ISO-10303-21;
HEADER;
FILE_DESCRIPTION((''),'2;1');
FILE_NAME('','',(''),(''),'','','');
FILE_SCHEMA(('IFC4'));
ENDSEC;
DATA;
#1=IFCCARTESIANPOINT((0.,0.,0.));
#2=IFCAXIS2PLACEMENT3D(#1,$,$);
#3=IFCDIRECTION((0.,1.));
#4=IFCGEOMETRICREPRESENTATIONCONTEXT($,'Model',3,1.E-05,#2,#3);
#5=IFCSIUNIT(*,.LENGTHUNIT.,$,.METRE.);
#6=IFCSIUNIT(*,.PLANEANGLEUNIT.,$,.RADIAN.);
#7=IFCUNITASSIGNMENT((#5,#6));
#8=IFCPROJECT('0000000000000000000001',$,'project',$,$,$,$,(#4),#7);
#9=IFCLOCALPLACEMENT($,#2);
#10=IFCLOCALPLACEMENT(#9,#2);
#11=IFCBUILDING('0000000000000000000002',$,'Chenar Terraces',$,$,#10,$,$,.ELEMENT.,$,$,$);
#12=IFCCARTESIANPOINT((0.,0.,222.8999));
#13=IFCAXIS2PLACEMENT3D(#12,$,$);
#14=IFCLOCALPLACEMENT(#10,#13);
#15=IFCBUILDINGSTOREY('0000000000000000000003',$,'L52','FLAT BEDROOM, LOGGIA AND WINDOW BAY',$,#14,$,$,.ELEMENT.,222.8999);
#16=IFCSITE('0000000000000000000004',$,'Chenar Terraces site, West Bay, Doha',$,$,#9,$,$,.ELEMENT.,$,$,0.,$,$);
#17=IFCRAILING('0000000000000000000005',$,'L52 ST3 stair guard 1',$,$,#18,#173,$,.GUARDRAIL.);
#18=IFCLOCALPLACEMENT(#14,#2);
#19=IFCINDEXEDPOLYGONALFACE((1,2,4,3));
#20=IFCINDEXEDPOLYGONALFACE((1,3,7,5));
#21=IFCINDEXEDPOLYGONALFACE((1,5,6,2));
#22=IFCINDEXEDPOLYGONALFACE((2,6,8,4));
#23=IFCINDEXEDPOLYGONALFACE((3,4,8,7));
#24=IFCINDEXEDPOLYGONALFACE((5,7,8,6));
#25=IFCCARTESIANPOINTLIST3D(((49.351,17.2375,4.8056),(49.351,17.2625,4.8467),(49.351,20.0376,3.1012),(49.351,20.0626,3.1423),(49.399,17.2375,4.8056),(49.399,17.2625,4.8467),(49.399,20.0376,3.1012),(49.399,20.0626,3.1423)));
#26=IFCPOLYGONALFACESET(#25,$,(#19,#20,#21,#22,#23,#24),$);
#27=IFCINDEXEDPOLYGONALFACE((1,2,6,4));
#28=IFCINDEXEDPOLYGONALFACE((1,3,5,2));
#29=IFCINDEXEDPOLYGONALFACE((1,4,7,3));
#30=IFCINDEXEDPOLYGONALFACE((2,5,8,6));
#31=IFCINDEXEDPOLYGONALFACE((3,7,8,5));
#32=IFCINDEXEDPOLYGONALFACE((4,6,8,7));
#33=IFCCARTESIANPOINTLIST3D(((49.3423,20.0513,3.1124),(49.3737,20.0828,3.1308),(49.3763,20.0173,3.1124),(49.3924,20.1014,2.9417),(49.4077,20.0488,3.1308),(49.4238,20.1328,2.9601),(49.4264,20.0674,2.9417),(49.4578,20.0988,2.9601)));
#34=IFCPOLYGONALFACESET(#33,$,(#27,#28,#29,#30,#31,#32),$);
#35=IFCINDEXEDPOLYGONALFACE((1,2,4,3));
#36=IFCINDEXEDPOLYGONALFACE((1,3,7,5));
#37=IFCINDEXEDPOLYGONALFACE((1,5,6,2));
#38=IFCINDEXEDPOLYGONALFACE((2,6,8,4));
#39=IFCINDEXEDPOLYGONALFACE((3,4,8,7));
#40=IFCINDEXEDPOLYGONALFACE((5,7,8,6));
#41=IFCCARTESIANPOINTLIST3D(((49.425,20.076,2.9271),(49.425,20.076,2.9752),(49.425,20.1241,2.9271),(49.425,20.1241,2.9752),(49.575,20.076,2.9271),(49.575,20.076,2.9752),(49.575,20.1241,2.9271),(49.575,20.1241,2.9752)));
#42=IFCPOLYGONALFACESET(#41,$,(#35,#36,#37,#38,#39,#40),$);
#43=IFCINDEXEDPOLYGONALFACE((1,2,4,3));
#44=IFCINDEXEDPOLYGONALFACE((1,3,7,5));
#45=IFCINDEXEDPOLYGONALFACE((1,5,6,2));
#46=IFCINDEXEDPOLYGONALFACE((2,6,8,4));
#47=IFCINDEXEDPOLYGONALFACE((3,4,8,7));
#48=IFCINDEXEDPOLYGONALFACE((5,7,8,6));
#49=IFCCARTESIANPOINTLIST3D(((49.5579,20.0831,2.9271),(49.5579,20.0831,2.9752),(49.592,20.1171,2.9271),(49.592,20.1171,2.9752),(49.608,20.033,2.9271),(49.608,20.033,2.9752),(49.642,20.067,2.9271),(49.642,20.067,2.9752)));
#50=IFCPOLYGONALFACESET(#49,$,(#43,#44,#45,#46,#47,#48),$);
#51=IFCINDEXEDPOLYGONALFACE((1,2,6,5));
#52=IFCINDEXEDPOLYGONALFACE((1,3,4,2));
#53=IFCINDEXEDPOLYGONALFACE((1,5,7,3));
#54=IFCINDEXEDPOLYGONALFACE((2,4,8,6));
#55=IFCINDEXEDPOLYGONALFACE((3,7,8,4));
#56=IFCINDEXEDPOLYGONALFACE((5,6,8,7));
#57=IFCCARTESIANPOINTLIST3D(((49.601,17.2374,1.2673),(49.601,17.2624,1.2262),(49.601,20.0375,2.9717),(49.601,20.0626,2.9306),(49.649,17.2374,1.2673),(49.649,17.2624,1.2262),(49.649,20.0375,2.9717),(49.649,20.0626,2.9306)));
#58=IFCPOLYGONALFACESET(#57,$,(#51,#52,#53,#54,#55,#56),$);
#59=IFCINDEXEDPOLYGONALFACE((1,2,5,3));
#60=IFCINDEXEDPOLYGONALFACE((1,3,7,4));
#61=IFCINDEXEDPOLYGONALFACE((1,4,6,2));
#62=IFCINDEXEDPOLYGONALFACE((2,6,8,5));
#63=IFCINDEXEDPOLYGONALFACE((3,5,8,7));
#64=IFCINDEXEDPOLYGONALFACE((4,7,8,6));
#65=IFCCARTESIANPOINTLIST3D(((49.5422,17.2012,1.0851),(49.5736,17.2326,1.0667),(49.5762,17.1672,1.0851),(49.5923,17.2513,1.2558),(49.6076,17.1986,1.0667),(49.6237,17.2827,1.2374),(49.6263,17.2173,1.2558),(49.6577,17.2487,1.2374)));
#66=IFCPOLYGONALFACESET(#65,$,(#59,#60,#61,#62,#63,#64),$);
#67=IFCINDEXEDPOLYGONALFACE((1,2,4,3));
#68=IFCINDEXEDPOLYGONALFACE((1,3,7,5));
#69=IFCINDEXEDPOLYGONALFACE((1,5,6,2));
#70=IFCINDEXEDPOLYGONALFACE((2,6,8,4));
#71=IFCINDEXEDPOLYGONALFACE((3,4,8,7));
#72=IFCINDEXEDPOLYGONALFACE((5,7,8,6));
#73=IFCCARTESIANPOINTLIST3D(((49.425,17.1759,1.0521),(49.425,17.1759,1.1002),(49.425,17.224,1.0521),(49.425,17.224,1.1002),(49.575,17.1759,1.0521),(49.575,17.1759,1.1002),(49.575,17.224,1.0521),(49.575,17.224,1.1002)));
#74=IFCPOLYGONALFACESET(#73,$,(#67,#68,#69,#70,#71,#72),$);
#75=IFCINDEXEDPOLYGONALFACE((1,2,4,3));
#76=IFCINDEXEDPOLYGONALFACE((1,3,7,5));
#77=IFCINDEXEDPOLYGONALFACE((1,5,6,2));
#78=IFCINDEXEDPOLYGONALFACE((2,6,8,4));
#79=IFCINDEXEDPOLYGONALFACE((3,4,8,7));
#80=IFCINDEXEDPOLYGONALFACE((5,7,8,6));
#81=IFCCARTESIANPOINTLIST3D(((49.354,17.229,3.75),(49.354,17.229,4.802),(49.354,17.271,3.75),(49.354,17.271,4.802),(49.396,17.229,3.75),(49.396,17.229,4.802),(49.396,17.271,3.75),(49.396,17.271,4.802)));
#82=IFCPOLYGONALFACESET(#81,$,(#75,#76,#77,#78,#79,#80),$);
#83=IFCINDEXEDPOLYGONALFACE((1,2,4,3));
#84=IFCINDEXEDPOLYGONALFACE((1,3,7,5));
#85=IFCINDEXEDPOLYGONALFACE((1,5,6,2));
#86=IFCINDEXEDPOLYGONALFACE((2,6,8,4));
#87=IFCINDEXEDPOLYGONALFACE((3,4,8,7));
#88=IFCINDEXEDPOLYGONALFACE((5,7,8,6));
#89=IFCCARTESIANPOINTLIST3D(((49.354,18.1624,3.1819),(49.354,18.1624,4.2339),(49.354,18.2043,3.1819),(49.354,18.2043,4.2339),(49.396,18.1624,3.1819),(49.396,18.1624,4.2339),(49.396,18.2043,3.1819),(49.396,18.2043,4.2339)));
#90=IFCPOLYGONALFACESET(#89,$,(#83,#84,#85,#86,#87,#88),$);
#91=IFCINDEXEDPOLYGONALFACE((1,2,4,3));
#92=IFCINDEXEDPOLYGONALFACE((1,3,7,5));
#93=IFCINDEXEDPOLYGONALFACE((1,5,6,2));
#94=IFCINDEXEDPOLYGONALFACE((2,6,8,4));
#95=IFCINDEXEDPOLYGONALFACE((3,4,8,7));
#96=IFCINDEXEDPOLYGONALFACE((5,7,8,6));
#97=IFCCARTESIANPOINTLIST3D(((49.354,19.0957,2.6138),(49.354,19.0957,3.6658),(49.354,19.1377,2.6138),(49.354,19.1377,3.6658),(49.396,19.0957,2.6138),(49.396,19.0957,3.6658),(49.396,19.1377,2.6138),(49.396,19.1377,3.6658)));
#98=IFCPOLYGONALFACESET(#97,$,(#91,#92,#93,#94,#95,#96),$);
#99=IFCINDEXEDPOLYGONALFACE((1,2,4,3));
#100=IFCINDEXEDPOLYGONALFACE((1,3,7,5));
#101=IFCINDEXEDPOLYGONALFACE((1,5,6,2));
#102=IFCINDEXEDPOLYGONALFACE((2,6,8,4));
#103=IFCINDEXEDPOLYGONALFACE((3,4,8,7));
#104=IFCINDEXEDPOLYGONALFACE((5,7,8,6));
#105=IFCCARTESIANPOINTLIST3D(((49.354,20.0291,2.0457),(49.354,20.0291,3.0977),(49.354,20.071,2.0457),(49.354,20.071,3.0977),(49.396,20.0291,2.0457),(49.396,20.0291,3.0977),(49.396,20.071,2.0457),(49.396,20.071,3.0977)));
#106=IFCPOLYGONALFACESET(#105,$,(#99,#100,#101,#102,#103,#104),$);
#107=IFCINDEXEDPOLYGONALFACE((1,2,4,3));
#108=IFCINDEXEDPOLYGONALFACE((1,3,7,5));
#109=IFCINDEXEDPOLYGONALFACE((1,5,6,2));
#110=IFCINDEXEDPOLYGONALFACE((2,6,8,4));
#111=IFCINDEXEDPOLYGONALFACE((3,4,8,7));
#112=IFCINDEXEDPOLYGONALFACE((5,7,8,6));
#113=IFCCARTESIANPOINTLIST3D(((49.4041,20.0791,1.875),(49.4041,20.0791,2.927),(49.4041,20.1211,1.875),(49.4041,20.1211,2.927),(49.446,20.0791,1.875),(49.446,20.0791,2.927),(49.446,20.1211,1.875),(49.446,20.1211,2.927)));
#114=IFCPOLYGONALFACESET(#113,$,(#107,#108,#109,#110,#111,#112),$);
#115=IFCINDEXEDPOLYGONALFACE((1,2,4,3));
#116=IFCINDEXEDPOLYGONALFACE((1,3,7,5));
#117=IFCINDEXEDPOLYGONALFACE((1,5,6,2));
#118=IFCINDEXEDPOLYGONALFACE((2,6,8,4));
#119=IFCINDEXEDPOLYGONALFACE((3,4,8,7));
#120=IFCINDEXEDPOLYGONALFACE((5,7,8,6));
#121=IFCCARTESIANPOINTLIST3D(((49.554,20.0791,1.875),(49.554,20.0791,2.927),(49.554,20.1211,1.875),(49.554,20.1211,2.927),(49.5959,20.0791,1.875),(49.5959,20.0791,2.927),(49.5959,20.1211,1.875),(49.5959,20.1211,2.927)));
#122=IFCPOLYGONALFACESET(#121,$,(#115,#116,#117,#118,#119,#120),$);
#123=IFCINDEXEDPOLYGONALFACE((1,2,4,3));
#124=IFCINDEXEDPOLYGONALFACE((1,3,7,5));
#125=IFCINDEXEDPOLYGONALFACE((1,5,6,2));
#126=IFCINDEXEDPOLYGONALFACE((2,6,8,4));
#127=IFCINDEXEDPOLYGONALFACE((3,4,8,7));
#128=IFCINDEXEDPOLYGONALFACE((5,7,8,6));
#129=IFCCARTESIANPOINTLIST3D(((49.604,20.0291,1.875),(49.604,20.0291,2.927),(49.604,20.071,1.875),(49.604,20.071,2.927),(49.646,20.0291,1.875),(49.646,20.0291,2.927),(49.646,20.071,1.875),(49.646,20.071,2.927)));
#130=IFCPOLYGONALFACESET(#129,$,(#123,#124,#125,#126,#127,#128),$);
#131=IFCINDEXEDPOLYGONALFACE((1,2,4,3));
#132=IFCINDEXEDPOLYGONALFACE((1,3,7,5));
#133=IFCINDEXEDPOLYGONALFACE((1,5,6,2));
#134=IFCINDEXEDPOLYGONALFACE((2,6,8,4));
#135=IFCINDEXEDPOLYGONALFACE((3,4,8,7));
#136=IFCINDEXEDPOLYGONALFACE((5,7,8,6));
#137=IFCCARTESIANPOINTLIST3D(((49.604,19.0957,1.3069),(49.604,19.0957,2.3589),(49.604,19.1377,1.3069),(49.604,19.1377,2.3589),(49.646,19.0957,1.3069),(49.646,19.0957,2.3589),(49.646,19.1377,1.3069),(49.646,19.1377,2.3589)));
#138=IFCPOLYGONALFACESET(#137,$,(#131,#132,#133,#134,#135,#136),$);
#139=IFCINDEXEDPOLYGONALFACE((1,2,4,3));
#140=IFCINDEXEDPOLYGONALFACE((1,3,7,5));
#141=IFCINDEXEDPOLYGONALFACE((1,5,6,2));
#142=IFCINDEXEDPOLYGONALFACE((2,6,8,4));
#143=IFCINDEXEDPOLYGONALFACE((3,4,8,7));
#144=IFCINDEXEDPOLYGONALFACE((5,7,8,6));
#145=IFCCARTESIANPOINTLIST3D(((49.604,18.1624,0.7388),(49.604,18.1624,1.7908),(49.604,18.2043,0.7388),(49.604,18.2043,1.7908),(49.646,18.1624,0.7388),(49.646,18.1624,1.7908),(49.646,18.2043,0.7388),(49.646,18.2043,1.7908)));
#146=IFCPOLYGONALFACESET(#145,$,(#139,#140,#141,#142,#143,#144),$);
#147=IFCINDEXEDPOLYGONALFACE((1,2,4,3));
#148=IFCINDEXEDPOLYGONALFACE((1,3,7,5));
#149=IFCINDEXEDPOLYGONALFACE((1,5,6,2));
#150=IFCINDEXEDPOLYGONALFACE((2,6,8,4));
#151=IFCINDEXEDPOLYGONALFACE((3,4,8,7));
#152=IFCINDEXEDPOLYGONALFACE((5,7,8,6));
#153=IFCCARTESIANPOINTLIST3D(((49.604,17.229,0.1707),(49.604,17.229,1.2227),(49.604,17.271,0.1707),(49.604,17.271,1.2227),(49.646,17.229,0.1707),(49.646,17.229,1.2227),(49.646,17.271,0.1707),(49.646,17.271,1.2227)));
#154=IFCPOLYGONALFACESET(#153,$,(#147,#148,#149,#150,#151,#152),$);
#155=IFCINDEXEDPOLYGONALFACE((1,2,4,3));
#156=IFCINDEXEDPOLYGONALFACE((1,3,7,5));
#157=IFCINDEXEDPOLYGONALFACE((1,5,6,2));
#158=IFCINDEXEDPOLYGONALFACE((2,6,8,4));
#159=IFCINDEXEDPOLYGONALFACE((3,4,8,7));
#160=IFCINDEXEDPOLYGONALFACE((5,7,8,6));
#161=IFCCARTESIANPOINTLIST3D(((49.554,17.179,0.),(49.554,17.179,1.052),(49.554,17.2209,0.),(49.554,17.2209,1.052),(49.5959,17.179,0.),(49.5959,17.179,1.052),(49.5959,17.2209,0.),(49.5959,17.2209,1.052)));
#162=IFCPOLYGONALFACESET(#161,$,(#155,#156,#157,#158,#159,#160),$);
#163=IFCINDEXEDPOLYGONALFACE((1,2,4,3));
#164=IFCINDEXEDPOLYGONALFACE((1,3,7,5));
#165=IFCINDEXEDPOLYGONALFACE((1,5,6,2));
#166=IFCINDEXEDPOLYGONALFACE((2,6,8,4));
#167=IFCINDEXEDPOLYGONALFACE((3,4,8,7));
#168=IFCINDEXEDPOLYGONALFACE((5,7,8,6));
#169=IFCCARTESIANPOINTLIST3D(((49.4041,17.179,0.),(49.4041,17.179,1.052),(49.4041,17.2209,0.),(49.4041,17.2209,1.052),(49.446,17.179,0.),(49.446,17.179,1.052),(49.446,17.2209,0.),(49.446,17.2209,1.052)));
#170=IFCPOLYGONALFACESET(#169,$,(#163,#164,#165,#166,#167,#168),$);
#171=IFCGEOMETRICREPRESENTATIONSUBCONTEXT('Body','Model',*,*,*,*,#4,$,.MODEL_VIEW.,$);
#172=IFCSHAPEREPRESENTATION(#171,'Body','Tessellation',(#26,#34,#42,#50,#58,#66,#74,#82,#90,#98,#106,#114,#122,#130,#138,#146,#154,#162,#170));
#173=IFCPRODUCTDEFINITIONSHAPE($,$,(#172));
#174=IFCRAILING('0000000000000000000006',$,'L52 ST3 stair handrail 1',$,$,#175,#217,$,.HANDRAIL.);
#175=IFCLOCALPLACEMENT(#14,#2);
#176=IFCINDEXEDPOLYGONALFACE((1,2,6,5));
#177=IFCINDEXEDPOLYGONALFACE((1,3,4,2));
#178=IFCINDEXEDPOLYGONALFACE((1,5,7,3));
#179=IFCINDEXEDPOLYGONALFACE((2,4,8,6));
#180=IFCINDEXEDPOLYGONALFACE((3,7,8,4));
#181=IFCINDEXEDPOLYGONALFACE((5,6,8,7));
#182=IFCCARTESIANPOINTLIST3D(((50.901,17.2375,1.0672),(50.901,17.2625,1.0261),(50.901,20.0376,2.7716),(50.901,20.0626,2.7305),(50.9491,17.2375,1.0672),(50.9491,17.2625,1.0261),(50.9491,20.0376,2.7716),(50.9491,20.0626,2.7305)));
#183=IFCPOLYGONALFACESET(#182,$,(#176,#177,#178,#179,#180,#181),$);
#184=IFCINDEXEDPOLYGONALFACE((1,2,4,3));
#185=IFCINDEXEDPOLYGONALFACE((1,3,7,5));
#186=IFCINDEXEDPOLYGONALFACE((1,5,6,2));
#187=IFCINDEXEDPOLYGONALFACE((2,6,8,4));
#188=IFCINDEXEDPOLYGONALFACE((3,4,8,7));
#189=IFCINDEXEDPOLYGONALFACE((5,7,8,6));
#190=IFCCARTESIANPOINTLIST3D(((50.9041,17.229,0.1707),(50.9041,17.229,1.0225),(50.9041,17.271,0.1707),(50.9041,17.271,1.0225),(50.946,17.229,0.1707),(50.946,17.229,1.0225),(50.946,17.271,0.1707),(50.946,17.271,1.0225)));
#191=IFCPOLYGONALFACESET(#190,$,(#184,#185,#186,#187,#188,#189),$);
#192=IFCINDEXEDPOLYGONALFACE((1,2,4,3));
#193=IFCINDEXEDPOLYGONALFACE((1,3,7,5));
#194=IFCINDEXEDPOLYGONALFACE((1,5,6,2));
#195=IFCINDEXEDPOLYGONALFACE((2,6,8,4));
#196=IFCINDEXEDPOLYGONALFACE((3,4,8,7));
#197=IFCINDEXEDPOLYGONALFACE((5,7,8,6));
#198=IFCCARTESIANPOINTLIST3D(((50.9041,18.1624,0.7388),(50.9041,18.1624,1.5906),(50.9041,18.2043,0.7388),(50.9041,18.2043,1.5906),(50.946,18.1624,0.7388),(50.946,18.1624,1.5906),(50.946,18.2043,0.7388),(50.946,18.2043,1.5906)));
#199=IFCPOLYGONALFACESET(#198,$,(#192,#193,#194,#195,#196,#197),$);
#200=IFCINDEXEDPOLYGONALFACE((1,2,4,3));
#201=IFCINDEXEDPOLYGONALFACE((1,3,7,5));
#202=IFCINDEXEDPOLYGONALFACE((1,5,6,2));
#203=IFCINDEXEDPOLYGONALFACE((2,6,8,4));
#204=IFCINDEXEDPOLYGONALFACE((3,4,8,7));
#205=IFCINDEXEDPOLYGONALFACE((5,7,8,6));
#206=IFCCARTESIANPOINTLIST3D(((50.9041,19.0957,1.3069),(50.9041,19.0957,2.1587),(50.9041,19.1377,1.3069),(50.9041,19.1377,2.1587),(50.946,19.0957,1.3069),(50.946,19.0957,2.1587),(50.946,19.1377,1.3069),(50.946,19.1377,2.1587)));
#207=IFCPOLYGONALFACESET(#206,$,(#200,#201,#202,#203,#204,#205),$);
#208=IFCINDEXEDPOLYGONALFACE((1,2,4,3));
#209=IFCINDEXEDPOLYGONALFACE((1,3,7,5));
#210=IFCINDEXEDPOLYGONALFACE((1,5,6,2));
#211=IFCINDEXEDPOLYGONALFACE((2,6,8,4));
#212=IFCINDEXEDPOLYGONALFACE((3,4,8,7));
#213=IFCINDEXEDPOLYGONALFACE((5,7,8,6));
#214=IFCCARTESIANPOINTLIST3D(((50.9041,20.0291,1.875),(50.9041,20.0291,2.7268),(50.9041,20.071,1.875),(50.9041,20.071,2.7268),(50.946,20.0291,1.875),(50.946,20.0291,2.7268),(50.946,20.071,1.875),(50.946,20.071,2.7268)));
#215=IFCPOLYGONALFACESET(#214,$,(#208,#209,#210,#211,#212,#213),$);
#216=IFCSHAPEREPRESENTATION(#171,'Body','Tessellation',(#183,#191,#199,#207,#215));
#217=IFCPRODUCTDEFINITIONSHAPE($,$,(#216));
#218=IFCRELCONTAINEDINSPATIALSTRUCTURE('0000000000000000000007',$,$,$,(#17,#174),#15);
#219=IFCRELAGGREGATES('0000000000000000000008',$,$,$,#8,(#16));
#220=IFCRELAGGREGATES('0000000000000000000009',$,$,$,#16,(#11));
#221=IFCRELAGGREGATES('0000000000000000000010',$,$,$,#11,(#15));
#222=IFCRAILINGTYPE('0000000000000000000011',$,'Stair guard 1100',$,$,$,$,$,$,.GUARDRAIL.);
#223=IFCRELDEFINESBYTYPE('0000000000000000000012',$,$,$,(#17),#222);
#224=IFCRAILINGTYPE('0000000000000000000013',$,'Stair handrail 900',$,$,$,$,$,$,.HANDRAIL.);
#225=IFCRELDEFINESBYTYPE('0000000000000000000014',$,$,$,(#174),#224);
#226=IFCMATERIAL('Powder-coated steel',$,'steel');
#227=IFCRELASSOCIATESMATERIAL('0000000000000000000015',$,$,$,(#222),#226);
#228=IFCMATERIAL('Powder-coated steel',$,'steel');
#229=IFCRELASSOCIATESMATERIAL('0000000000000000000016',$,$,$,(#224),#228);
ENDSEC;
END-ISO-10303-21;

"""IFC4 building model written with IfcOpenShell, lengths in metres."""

from ifc_helpers import new_model, si_unit, direction, frame, origin, origin_2d, place, context, subcontext, project, spatial, rectangle, extrude, material, type_object, element, save


model = new_model("IFC4")

# Units and contexts
model_context = context("Model", 3, precision=1e-05, world=origin(), true_north=direction((0.0, 1.0)))
body_context = subcontext(model_context, "Body", "Model", "MODEL_VIEW")
ifc_project = project(units=[si_unit("LENGTHUNIT", "METRE"), si_unit("PLANEANGLEUNIT", "RADIAN")], contexts=[model_context])

# Site, building, storey
site_placement = place(None, origin())
site = spatial("IfcSite", under=ifc_project, at=site_placement, Name="Chenar Terraces site, West Bay, Doha", CompositionType="ELEMENT", RefElevation=0.0)
building_placement = place(site_placement, origin())
building = spatial("IfcBuilding", under=site, at=building_placement, Name="Chenar Terraces", CompositionType="ELEMENT")
storey_placement = place(building_placement, frame((0.0, 0.0, 222.8999)))
storey = spatial("IfcBuildingStorey", under=building, at=storey_placement, Name="L52", Description="FLAT BEDROOM, LOGGIA AND WINDOW BAY", CompositionType="ELEMENT", Elevation=222.8999)

# Railings
ifc_material_1 = material(Name="Powder-coated steel", Category="steel")
railing_type_1 = type_object("IfcRailingType", Name="Stair guard 1100", PredefinedType="GUARDRAIL", material=ifc_material_1)
railing_1_placement = place(storey_placement, frame((49.375, 17.25, 3.75)))
element("IfcRailing", 1, at=railing_1_placement, inside=storey, type_object=railing_type_1, Name="L52 ST3 stair guard 1", PredefinedType="GUARDRAIL", context=body_context, shape_type="SweptSolid", body=[
    extrude(rectangle(XDim=0.0481, YDim=0.0481, at=origin_2d()), frame((0.0, 0.0, 1.0762), z_axis=(0.0, 0.854203, -0.51994), x_axis=(-1.0, 0.0, 0.0)), (0.0, 0.0, 1.0), 3.2781),
    extrude(rectangle(XDim=0.0481, YDim=0.0481, at=origin_2d()), frame((0.0, 2.8, -0.6284), z_axis=(0.2709, 0.2709, -0.923703), x_axis=(-0.707107, 0.707107, 0.0)), (0.0, 0.0, 1.0), 0.1848),
    extrude(rectangle(XDim=0.0481, YDim=0.0481, at=origin_2d()), frame((0.05, 2.8501, -0.7988), z_axis=(1.0, 0.0, 0.0), x_axis=(0.0, 1.0, 0.0)), (0.0, 0.0, 1.0), 0.1499),
    extrude(rectangle(XDim=0.0481, YDim=0.0481, at=origin_2d()), frame((0.2, 2.8501, -0.7988), z_axis=(0.707107, -0.707107, 0.0), x_axis=(0.707107, 0.707107, 0.0)), (0.0, 0.0, 1.0), 0.0708),
    extrude(rectangle(XDim=0.0481, YDim=0.0481, at=origin_2d()), frame((0.25, 2.8, -0.7988), z_axis=(0.0, -0.854203, -0.51994), x_axis=(1.0, 0.0, 0.0)), (0.0, 0.0, 1.0), 3.2781),
    extrude(rectangle(XDim=0.0481, YDim=0.0481, at=origin_2d()), frame((0.25, 0.0, -2.5034), z_axis=(-0.2709, -0.2709, -0.923703), x_axis=(0.707107, -0.707107, 0.0)), (0.0, 0.0, 1.0), 0.1848),
    extrude(rectangle(XDim=0.0481, YDim=0.0481, at=origin_2d()), frame((0.2, -0.05, -2.6738), z_axis=(-1.0, 0.0, 0.0), x_axis=(0.0, -1.0, 0.0)), (0.0, 0.0, 1.0), 0.1499),
    extrude(rectangle(XDim=0.042, YDim=0.042, at=origin_2d()), origin(), (0.0, 0.0, 1.0), 1.052),
    extrude(rectangle(XDim=0.042, YDim=0.042, at=origin_2d()), frame((0.0, 0.9333, -0.5681)), (0.0, 0.0, 1.0), 1.052),
    extrude(rectangle(XDim=0.042, YDim=0.042, at=origin_2d()), frame((0.0, 1.8667, -1.1362)), (0.0, 0.0, 1.0), 1.052),
    extrude(rectangle(XDim=0.042, YDim=0.042, at=origin_2d()), frame((0.0, 2.8, -1.7043)), (0.0, 0.0, 1.0), 1.052),
    extrude(rectangle(XDim=0.042, YDim=0.042, at=origin_2d()), frame((0.05, 2.8501, -1.875)), (0.0, 0.0, 1.0), 1.052),
    extrude(rectangle(XDim=0.042, YDim=0.042, at=origin_2d()), frame((0.2, 2.8501, -1.875)), (0.0, 0.0, 1.0), 1.052),
    extrude(rectangle(XDim=0.042, YDim=0.042, at=origin_2d()), frame((0.25, 2.8, -1.875)), (0.0, 0.0, 1.0), 1.052),
    extrude(rectangle(XDim=0.042, YDim=0.042, at=origin_2d()), frame((0.25, 1.8667, -2.4431)), (0.0, 0.0, 1.0), 1.052),
    extrude(rectangle(XDim=0.042, YDim=0.042, at=origin_2d()), frame((0.25, 0.9333, -3.0112)), (0.0, 0.0, 1.0), 1.052),
    extrude(rectangle(XDim=0.042, YDim=0.042, at=origin_2d()), frame((0.25, 0.0, -3.5793)), (0.0, 0.0, 1.0), 1.052),
    extrude(rectangle(XDim=0.042, YDim=0.042, at=origin_2d()), frame((0.2, -0.05, -3.75)), (0.0, 0.0, 1.0), 1.052),
    extrude(rectangle(XDim=0.042, YDim=0.042, at=origin_2d()), frame((0.05, -0.05, -3.75)), (0.0, 0.0, 1.0), 1.052),
])
ifc_material_2 = material(Name="Powder-coated steel", Category="steel")
railing_type_2 = type_object("IfcRailingType", Name="Stair handrail 900", PredefinedType="HANDRAIL", material=ifc_material_2)
railing_2_placement = place(storey_placement, frame((50.925, 17.25, 0.1707)))
element("IfcRailing", 2, at=railing_2_placement, inside=storey, type_object=railing_type_2, Name="L52 ST3 stair handrail 1", PredefinedType="HANDRAIL", context=body_context, shape_type="SweptSolid", body=[
    extrude(rectangle(XDim=0.0481, YDim=0.0481, at=origin_2d()), frame((0.0, 0.0, 0.876), z_axis=(0.0, 0.854203, 0.51994), x_axis=(-1.0, 0.0, 0.0)), (0.0, 0.0, 1.0), 3.2781),
    extrude(rectangle(XDim=0.042, YDim=0.042, at=origin_2d()), origin(), (0.0, 0.0, 1.0), 0.8518),
    extrude(rectangle(XDim=0.042, YDim=0.042, at=origin_2d()), frame((0.0, 0.9333, 0.5681)), (0.0, 0.0, 1.0), 0.8518),
    extrude(rectangle(XDim=0.042, YDim=0.042, at=origin_2d()), frame((0.0, 1.8667, 1.1362)), (0.0, 0.0, 1.0), 0.8518),
    extrude(rectangle(XDim=0.042, YDim=0.042, at=origin_2d()), frame((0.0, 2.8, 1.7043)), (0.0, 0.0, 1.0), 0.8518),
])

save(model, "model.ifc")
